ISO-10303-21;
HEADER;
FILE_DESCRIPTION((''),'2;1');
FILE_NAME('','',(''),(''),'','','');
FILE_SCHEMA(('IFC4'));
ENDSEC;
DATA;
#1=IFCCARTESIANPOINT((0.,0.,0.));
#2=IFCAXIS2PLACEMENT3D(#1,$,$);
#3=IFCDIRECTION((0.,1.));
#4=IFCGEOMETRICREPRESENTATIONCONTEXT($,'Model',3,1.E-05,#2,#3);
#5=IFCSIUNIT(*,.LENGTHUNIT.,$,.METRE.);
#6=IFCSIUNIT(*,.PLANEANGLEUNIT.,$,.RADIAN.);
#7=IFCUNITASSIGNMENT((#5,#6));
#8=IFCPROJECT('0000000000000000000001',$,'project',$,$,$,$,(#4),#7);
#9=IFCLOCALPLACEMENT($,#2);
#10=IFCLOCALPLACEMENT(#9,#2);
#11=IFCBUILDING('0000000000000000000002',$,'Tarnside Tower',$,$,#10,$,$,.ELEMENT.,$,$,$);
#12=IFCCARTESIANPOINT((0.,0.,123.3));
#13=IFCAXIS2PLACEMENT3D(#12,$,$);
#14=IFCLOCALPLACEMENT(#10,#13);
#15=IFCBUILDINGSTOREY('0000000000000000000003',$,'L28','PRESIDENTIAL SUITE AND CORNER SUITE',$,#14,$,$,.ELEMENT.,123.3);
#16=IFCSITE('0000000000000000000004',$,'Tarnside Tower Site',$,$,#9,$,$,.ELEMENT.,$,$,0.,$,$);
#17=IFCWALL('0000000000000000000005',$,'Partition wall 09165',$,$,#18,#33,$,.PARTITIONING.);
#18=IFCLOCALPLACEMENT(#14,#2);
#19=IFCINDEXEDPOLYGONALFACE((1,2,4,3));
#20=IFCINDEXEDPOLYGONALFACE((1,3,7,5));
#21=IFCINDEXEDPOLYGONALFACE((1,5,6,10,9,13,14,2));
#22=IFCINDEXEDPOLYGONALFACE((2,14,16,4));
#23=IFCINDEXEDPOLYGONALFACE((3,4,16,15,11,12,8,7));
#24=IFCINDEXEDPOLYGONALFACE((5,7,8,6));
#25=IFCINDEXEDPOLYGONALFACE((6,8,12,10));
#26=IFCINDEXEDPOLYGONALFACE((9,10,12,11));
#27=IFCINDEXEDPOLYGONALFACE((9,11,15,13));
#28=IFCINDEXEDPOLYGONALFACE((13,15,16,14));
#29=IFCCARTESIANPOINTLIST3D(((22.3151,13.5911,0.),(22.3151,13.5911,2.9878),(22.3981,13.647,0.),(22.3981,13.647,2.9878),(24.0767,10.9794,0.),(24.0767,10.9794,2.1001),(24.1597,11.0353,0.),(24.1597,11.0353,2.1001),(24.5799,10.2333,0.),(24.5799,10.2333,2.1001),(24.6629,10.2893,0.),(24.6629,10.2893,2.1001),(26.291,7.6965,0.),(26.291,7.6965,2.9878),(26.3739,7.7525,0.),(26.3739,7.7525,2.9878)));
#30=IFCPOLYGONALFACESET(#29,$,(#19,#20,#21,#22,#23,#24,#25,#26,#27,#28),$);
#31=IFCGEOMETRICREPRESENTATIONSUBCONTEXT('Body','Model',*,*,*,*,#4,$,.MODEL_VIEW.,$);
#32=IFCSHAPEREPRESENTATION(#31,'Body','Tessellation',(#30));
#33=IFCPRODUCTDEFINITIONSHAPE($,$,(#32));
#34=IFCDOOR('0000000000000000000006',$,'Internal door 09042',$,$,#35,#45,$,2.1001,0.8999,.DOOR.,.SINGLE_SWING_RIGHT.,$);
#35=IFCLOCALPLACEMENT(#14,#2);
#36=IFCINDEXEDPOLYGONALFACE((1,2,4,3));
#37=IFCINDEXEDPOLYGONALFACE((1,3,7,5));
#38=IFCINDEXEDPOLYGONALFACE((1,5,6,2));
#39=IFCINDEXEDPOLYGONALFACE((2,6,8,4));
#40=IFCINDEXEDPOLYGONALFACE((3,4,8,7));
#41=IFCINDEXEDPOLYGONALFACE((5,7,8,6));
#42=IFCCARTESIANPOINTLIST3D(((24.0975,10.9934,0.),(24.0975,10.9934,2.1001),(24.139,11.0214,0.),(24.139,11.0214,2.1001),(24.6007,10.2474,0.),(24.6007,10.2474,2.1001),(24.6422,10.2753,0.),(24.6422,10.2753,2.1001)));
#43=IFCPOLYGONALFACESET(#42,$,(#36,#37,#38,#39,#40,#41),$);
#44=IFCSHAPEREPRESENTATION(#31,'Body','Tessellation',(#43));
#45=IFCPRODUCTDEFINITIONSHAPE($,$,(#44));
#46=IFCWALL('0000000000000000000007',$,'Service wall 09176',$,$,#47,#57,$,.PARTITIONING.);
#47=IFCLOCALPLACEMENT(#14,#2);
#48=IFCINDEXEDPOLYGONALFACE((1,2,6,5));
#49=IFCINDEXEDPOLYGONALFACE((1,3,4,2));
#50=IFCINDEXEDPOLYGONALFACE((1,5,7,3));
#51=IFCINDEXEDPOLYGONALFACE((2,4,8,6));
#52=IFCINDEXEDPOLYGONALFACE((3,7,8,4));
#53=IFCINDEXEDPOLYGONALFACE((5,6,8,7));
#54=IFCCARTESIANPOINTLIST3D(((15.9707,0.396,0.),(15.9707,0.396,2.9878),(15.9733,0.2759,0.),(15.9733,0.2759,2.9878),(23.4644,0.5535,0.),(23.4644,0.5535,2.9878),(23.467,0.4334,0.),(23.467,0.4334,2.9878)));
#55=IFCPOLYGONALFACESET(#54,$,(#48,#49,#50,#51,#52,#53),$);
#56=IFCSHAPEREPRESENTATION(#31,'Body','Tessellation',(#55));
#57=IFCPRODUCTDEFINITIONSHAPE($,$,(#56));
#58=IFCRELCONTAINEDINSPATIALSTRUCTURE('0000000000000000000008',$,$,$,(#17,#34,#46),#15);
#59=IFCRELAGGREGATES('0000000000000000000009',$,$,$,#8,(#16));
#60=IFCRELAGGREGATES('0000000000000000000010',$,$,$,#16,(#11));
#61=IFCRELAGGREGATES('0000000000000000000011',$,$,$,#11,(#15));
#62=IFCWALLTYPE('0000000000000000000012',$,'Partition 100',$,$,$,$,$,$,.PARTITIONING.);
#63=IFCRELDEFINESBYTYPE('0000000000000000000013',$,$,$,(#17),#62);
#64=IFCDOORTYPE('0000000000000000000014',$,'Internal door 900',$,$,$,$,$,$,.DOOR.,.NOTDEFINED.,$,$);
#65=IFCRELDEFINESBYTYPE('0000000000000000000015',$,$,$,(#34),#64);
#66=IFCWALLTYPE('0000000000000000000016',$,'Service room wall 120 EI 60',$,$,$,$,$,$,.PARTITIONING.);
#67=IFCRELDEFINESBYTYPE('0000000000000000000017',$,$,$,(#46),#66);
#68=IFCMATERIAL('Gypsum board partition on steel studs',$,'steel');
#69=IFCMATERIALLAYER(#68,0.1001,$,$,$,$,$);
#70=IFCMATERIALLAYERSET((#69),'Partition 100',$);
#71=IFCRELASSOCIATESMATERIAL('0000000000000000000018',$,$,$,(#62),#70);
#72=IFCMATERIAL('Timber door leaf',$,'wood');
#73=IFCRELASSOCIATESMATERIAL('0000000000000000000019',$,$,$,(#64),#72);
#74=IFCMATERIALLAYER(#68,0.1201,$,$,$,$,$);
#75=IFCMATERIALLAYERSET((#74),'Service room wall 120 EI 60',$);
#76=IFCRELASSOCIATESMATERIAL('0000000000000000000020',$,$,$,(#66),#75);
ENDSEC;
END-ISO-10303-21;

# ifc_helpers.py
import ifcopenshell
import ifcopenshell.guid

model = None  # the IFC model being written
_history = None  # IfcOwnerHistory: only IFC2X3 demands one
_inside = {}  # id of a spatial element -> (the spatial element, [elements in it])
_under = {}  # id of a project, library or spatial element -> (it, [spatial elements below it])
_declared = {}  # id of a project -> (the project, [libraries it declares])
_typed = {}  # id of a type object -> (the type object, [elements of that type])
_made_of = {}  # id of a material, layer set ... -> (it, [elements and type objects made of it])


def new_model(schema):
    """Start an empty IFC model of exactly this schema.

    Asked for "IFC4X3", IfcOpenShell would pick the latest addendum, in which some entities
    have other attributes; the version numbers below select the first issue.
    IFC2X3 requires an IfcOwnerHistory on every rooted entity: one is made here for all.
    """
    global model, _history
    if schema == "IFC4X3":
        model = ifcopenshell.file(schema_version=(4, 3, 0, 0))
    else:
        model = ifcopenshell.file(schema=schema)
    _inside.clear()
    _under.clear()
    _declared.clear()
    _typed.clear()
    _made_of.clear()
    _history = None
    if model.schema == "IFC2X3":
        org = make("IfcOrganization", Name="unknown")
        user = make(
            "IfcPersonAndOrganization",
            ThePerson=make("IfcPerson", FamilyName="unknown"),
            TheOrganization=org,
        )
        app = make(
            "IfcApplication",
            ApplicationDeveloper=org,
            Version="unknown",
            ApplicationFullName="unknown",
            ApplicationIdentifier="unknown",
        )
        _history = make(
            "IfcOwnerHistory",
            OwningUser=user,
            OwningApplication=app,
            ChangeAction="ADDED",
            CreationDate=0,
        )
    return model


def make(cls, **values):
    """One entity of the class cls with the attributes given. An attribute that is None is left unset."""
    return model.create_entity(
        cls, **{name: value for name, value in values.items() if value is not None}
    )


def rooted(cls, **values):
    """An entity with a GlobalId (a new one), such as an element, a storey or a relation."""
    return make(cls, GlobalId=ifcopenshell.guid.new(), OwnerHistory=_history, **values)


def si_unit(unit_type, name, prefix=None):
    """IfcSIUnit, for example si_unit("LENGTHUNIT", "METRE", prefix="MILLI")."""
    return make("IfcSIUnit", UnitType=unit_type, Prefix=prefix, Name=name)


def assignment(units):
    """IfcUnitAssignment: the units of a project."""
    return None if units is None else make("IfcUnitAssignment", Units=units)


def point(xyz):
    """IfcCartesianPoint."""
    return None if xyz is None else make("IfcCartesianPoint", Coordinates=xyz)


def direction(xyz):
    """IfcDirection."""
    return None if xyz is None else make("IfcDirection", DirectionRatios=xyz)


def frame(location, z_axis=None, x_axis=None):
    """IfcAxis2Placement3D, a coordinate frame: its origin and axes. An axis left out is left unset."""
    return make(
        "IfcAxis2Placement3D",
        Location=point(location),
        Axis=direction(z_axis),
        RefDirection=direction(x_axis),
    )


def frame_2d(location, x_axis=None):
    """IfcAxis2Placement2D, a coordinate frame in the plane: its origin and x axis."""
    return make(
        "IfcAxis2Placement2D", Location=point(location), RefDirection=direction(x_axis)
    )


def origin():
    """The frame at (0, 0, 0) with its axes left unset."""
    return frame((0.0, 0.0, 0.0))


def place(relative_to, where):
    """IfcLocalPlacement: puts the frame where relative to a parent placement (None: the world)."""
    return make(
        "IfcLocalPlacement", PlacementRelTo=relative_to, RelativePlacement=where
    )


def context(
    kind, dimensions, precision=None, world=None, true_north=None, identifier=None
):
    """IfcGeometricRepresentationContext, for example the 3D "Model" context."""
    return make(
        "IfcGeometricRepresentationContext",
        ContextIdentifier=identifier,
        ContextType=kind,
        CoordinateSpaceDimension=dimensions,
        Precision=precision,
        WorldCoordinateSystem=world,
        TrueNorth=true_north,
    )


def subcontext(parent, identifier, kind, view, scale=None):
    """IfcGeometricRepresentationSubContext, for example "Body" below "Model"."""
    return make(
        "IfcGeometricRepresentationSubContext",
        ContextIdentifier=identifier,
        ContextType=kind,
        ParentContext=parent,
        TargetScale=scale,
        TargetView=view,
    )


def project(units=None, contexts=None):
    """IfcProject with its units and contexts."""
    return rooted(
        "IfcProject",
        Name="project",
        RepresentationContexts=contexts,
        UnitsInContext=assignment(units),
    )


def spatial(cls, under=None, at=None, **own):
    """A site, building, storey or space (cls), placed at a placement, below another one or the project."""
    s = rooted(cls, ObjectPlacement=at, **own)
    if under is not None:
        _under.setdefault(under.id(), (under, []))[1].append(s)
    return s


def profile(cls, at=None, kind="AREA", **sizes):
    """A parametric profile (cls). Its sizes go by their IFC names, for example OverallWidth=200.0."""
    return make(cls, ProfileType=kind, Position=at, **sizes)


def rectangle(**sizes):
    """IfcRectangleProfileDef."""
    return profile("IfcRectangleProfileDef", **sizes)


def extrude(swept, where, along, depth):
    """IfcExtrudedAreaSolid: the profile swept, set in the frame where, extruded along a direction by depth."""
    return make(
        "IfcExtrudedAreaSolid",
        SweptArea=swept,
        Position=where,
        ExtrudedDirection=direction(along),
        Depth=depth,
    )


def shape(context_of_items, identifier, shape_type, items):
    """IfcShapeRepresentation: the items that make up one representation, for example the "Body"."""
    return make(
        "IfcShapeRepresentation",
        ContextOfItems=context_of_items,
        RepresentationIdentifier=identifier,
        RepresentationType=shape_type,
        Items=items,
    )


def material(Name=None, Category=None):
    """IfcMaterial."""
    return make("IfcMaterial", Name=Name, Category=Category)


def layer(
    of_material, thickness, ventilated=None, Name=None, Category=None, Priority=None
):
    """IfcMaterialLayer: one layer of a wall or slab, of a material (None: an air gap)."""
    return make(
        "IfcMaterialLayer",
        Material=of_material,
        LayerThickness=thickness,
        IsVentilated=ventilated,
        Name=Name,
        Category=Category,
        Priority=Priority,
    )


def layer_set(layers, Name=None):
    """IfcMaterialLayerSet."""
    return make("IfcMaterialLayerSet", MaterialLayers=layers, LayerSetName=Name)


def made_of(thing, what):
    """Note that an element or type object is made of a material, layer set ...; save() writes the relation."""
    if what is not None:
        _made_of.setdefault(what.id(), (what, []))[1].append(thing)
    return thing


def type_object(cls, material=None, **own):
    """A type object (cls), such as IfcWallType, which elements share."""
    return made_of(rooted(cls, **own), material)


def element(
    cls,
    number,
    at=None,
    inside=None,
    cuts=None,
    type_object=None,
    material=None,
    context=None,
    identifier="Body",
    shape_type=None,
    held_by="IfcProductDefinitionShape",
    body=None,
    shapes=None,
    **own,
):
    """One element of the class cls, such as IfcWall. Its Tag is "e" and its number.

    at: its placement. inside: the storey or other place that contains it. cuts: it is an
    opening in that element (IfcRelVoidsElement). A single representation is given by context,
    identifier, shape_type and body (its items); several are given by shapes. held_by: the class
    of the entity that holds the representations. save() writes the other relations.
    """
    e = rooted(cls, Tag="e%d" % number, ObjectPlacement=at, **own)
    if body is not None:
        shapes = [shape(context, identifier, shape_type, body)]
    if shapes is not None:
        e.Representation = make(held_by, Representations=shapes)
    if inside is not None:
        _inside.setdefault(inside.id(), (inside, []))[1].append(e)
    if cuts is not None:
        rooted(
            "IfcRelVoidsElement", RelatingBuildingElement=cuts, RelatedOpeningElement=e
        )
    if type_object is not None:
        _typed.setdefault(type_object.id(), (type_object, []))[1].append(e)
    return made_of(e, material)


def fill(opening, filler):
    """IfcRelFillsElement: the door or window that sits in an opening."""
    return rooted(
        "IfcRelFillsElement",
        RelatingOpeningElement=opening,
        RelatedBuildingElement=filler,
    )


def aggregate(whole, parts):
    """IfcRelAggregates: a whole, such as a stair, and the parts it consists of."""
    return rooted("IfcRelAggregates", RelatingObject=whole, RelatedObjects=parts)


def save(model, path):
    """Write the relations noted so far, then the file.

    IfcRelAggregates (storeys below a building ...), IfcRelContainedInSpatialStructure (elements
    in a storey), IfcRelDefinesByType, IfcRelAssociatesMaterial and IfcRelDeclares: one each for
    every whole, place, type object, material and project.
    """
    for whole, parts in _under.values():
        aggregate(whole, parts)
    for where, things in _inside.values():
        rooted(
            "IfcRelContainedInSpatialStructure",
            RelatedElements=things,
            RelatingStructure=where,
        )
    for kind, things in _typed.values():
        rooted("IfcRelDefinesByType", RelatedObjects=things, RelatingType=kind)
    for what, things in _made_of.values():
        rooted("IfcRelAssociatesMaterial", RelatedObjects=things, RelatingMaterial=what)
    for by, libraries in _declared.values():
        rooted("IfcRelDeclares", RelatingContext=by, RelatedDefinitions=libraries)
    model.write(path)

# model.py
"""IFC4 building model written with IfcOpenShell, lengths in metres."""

from ifc_helpers import new_model, si_unit, direction, frame, frame_2d, origin, place, context, subcontext, project, spatial, rectangle, extrude, material, layer, layer_set, type_object, element, fill, save


model = new_model("IFC4")

# Units and contexts
model_context = context("Model", 3, precision=1e-05, world=origin(), true_north=direction((0.0, 1.0)))
body_context = subcontext(model_context, "Body", "Model", "MODEL_VIEW")
ifc_project = project(units=[si_unit("LENGTHUNIT", "METRE"), si_unit("PLANEANGLEUNIT", "RADIAN")], contexts=[model_context])

# Site, building, storey
site_placement = place(None, origin())
site = spatial("IfcSite", under=ifc_project, at=site_placement, Name="Tarnside Tower Site", CompositionType="ELEMENT", RefElevation=0.0)
building_placement = place(site_placement, origin())
building = spatial("IfcBuilding", under=site, at=building_placement, Name="Tarnside Tower", CompositionType="ELEMENT")
storey_placement = place(building_placement, frame((0.0, 0.0, 123.3)))
storey = spatial("IfcBuildingStorey", under=building, at=storey_placement, Name="L28", Description="PRESIDENTIAL SUITE AND CORNER SUITE", CompositionType="ELEMENT", Elevation=123.3)

# Shared definitions
ifc_material_1 = material(Name="Gypsum board partition on steel studs", Category="steel")
ifc_material_2 = material(Name="Timber door leaf", Category="wood")

# Wall, opening, door
ifc_layer_1 = layer(ifc_material_1, 0.1001)
ifc_layer_set_1 = layer_set([ifc_layer_1], Name="Partition 100")
wall_type_1 = type_object("IfcWallType", Name="Partition 100", PredefinedType="PARTITIONING", material=ifc_layer_set_1)
wall_1_placement = place(storey_placement, frame((26.3325, 7.7244, 0.0), z_axis=(0.0, 0.0, 1.0), x_axis=(-0.559185, 0.829043, 0.0)))
wall_1 = element("IfcWall", 1, at=wall_1_placement, inside=storey, type_object=wall_type_1, Name="Partition wall 09165", PredefinedType="PARTITIONING", context=body_context, shape_type="SweptSolid", body=[
    extrude(rectangle(XDim=7.1101, YDim=0.1001, at=frame_2d((3.5552, 0.0))), origin(), (0.0, 0.0, 1.0), 2.9878),
])
opening_1_placement = place(wall_1_placement, frame((3.0601, 0.0, 0.0)))
opening_1 = element("IfcOpeningElement", 2, at=opening_1_placement, cuts=wall_1, PredefinedType="OPENING", context=body_context, shape_type="SweptSolid", body=[
    extrude(rectangle(XDim=0.8999, YDim=2.1001, at=frame_2d((0.45, 1.05))), frame((0.0, 0.0601, 0.0), z_axis=(0.0, -1.0, 0.0), x_axis=(1.0, 0.0, 0.0)), (0.0, 0.0, 1.0), 0.1201),
])
door_type_1 = type_object("IfcDoorType", Name="Internal door 900", OperationType="NOTDEFINED", PredefinedType="DOOR", material=ifc_material_2)
door_1_placement = place(opening_1_placement, origin())
door_1 = element("IfcDoor", 3, at=door_1_placement, inside=storey, type_object=door_type_1, Name="Internal door 09042", OperationType="SINGLE_SWING_RIGHT", OverallHeight=2.1001, OverallWidth=0.8999, PredefinedType="DOOR", context=body_context, shape_type="SweptSolid", body=[
    extrude(rectangle(XDim=0.8999, YDim=2.1001, at=frame_2d((0.45, 1.05))), frame((0.0, 0.0249, 0.0), z_axis=(0.0, -1.0, 0.0), x_axis=(1.0, 0.0, 0.0)), (0.0, 0.0, 1.0), 0.05),
])
fill(opening_1, door_1)

# Wall
ifc_layer_2 = layer(ifc_material_1, 0.1201)
ifc_layer_set_2 = layer_set([ifc_layer_2], Name="Service room wall 120 EI 60")
wall_type_2 = type_object("IfcWallType", Name="Service room wall 120 EI 60", PredefinedType="PARTITIONING", material=ifc_layer_set_2)
wall_2_placement = place(storey_placement, frame((23.4656, 0.4934, 0.0), z_axis=(0.0, 0.0, 1.0), x_axis=(-0.999779, -0.021009, 0.0)))
element("IfcWall", 4, at=wall_2_placement, inside=storey, type_object=wall_type_2, Name="Service wall 09176", PredefinedType="PARTITIONING", context=body_context, shape_type="SweptSolid", body=[
    extrude(rectangle(XDim=7.4954, YDim=0.1201, at=frame_2d((3.7476, 0.0))), origin(), (0.0, 0.0, 1.0), 2.9878),
])

save(model, "model.ifc")
